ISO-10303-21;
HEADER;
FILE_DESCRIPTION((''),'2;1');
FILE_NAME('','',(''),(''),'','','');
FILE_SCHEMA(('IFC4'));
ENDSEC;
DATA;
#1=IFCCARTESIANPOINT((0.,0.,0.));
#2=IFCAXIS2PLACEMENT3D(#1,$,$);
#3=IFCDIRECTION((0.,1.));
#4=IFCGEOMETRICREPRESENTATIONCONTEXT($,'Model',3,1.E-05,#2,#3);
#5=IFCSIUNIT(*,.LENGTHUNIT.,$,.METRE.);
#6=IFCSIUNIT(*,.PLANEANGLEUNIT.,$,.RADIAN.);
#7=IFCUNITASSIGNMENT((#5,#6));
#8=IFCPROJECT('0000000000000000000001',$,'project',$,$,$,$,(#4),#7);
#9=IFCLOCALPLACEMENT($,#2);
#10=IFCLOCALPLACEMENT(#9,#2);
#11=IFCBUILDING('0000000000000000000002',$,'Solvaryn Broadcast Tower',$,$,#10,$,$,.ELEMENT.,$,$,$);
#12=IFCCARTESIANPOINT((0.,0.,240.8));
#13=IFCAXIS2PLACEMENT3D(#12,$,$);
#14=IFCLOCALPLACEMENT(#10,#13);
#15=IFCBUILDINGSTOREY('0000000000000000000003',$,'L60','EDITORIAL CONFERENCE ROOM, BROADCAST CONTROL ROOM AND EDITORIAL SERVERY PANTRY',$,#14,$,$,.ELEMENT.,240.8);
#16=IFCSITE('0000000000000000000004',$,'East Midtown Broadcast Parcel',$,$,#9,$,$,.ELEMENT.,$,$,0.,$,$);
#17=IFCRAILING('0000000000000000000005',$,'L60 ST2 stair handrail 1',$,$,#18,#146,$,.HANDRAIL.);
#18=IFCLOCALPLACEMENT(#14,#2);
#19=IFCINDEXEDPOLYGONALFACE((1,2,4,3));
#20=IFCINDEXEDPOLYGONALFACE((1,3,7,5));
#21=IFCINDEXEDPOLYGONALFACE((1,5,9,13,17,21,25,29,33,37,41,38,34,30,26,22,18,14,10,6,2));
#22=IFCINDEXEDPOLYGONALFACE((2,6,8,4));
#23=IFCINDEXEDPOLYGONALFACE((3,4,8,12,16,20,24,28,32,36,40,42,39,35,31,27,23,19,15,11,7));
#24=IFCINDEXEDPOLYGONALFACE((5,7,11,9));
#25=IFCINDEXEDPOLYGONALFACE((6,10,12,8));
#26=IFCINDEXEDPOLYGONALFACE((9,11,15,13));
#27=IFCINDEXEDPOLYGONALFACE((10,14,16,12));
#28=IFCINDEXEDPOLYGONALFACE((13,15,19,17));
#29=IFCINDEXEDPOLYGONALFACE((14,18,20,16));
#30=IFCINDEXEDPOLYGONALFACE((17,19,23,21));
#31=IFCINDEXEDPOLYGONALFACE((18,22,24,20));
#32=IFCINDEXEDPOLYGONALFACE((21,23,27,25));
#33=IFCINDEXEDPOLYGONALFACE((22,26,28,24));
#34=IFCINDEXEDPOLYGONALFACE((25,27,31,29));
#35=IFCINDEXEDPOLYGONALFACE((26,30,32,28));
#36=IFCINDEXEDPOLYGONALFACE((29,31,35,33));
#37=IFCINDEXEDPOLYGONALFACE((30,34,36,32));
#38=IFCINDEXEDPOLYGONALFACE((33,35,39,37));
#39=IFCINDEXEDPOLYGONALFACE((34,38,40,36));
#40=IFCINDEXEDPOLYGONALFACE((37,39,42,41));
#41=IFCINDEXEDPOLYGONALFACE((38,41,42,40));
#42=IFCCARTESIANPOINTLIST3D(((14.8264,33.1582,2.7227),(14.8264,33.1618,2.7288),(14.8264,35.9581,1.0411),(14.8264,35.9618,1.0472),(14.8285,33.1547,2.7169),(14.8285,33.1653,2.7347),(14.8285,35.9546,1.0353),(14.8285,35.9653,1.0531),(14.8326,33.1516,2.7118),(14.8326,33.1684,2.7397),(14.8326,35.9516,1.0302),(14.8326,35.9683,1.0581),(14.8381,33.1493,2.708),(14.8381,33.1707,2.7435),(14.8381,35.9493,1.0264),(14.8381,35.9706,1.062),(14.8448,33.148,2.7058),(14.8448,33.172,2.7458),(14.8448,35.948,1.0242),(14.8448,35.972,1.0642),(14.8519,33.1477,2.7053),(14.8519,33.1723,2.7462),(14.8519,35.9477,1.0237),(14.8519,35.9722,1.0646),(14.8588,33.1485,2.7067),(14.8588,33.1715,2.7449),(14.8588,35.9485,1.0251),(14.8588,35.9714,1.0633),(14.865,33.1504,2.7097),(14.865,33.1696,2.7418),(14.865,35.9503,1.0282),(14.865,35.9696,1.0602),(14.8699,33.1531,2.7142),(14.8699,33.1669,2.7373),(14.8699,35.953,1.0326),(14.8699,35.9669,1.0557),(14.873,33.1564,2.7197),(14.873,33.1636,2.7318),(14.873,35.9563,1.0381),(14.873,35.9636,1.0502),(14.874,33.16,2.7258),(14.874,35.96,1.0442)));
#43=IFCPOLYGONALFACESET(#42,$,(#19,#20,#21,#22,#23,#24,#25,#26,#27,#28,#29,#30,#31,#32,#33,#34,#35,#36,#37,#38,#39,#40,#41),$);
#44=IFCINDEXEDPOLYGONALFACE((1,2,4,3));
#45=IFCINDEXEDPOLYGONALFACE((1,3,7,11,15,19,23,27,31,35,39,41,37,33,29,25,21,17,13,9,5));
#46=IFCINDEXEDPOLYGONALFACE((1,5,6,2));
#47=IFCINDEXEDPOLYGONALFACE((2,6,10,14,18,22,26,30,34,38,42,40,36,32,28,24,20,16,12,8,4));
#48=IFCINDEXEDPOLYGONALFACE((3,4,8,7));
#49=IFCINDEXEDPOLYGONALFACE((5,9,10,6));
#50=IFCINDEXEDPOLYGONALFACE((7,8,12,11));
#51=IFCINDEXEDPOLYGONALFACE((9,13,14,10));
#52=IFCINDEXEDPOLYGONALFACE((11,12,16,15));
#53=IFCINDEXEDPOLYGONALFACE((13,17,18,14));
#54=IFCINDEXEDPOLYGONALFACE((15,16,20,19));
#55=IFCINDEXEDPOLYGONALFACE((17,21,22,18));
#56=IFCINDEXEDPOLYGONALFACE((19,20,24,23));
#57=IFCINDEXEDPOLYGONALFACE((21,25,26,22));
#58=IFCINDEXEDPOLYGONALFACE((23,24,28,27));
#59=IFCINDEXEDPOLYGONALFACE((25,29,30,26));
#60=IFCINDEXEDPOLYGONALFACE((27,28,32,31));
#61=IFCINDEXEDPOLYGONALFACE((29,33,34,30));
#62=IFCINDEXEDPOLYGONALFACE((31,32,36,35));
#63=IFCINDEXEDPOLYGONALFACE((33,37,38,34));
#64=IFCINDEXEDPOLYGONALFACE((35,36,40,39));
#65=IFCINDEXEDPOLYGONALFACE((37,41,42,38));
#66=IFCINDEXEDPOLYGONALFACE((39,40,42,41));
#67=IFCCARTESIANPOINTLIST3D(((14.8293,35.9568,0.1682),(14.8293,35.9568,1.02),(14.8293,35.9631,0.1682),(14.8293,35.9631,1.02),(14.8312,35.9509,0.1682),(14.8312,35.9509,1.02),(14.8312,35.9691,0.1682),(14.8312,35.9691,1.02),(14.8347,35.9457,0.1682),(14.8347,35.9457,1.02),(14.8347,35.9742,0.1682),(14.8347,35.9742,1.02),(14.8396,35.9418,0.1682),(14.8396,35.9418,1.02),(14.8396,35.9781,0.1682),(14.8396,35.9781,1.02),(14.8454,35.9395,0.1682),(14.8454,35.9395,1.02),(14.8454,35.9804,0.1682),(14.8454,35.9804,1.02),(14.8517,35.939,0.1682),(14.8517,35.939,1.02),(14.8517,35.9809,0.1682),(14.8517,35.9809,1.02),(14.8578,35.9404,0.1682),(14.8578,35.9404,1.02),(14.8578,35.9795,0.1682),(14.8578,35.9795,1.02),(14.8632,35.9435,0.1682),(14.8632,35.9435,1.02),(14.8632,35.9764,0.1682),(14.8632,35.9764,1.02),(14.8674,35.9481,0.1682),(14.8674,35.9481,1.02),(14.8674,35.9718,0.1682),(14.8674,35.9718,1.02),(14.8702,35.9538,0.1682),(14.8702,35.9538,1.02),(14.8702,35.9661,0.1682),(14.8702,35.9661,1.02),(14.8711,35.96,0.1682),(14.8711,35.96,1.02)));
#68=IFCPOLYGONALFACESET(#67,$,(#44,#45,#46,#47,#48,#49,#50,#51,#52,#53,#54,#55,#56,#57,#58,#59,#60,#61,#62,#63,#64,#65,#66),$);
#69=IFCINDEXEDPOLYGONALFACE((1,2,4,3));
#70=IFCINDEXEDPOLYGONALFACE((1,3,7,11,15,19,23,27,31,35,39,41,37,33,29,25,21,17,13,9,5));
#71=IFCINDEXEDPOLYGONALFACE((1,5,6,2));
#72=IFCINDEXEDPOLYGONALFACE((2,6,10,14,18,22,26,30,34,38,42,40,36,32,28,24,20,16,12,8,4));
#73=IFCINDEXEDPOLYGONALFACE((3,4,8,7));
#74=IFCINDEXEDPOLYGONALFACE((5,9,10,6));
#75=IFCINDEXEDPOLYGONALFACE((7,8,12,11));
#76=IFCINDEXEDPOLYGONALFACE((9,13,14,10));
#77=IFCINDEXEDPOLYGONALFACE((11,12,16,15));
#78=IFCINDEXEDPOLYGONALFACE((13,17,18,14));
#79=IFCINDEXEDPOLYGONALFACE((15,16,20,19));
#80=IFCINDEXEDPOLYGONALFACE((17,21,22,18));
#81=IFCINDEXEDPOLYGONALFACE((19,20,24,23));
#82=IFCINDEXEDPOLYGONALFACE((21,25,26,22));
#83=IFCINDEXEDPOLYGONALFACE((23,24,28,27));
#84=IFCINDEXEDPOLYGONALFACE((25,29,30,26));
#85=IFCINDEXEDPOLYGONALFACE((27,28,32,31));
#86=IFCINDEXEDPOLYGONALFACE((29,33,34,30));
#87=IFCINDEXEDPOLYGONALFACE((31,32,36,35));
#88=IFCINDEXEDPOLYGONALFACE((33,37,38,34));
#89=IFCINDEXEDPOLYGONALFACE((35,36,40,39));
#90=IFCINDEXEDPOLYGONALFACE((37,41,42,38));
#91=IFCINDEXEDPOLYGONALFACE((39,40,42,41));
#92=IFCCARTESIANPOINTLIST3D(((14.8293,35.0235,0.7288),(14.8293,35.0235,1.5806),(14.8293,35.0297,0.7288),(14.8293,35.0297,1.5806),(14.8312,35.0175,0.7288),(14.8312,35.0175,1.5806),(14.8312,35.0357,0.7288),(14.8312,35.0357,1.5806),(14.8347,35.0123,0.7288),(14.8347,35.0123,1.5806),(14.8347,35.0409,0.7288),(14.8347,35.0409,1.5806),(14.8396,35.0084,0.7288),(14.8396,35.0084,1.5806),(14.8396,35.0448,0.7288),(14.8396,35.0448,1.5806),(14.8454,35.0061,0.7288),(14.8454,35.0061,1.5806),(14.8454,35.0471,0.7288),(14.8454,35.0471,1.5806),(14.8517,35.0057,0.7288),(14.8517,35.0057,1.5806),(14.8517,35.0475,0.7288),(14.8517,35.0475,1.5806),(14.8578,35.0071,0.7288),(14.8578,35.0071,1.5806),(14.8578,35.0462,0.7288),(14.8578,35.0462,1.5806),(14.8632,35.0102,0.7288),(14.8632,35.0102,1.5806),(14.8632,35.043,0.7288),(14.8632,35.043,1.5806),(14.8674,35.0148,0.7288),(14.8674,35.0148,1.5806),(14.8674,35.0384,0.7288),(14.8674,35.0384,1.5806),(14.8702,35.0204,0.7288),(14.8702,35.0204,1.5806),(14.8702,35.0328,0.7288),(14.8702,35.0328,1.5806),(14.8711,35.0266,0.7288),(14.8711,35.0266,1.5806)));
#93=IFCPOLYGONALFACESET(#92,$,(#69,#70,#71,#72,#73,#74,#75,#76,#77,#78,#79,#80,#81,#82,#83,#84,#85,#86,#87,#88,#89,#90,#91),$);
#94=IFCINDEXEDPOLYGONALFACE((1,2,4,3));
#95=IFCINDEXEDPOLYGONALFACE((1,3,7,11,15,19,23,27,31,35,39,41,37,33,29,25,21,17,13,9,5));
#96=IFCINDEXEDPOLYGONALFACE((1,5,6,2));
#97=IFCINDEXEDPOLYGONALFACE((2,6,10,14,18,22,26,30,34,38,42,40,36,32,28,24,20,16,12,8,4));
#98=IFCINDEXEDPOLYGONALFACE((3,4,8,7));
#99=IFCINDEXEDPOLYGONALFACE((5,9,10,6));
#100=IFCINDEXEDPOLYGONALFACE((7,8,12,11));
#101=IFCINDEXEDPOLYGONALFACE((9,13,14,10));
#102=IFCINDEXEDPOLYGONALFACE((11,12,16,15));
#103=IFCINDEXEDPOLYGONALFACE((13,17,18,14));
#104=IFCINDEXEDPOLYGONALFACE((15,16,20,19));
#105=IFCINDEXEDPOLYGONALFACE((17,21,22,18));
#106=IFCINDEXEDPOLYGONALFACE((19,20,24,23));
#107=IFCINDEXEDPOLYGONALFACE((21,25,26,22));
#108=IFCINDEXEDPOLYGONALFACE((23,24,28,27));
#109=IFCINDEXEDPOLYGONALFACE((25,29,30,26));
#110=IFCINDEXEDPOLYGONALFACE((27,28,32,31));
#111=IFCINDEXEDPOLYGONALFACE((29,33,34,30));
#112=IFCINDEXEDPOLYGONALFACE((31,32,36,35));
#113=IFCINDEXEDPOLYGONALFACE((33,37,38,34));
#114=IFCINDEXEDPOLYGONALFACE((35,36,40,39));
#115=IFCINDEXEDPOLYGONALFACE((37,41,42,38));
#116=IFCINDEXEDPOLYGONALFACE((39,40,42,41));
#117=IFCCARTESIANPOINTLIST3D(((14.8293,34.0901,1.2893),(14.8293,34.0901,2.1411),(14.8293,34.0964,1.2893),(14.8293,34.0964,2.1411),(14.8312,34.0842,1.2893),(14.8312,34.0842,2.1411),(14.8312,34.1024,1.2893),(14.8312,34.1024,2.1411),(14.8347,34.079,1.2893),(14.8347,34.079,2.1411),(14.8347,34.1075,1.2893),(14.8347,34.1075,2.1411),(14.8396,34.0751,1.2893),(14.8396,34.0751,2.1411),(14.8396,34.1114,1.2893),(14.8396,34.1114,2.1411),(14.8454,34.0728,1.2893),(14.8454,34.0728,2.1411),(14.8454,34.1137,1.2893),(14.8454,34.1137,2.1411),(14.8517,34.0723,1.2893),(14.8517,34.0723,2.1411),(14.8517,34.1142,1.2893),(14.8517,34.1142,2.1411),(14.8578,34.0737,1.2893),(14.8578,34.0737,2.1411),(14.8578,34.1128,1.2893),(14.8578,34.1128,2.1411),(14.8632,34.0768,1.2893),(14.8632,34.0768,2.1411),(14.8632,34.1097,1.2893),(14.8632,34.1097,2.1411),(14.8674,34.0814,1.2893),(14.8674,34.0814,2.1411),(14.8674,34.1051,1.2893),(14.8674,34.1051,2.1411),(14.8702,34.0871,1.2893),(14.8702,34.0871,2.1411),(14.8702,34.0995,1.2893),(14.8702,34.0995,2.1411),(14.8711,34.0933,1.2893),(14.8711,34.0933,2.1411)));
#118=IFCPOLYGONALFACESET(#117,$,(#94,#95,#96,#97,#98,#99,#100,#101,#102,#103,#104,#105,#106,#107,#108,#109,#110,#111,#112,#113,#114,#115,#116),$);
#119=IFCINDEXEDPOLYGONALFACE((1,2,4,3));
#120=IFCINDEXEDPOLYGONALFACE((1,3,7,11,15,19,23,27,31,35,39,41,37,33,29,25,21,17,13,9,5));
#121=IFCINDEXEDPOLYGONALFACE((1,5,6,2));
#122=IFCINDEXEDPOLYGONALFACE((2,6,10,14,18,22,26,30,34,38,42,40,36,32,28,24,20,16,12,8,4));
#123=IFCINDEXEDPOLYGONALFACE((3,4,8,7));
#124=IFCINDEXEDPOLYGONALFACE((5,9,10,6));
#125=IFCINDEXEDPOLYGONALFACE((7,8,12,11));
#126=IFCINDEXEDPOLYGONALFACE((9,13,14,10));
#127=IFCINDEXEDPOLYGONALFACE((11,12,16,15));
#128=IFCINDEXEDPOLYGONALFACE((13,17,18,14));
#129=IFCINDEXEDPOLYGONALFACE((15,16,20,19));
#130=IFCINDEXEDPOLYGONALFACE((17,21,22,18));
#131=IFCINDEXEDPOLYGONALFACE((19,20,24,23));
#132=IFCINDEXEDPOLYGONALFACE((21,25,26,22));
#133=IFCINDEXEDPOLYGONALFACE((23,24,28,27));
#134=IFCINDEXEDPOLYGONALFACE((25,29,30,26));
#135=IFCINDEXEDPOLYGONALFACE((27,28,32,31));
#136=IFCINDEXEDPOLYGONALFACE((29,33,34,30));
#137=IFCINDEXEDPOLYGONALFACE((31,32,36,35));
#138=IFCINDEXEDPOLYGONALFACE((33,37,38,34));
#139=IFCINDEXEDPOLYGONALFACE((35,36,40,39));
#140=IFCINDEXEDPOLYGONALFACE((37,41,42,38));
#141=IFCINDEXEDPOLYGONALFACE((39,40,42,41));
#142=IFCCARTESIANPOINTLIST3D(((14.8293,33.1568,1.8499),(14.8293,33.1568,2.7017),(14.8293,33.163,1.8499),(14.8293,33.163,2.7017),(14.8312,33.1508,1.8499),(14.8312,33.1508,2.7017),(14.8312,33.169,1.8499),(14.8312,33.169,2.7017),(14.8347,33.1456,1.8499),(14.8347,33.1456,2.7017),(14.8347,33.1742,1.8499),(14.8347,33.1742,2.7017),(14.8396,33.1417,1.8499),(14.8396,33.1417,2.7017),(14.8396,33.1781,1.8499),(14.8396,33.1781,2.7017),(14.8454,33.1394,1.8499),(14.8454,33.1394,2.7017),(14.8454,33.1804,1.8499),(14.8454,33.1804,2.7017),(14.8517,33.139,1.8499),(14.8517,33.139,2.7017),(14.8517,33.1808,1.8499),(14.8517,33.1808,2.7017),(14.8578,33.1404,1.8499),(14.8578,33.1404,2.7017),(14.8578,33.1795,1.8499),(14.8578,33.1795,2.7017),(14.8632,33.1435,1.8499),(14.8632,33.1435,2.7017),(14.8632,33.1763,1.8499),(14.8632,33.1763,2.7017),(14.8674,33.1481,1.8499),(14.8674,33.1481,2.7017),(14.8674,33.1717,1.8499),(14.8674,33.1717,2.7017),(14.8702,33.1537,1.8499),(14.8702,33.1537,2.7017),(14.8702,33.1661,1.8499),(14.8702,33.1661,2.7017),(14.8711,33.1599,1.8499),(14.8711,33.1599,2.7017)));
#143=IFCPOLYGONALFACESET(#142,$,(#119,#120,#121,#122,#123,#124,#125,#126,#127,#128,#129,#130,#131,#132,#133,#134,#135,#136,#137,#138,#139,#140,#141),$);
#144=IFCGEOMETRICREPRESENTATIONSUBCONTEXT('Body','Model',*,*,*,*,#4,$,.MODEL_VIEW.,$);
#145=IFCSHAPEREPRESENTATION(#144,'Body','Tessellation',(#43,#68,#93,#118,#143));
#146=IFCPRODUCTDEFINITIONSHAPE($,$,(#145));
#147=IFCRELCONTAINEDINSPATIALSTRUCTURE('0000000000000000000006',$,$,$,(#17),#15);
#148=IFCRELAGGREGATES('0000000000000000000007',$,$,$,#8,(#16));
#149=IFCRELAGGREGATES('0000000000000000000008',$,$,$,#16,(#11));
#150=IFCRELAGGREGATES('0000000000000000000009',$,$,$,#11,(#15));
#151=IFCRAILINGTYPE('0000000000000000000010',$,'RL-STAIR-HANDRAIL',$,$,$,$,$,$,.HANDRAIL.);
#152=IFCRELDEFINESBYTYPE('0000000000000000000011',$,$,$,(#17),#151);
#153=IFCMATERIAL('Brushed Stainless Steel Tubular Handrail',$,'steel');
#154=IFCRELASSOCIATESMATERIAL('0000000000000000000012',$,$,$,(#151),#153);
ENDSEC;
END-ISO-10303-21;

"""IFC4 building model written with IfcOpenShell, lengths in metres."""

from ifc_helpers import new_model, si_unit, direction, frame, origin, origin_2d, place, context, subcontext, project, spatial, circle, extrude, material, type_object, element, save


model = new_model("IFC4")

# Units and contexts
model_context = context("Model", 3, precision=1e-05, world=origin(), true_north=direction((0.0, 1.0)))
body_context = subcontext(model_context, "Body", "Model", "MODEL_VIEW")
ifc_project = project(units=[si_unit("LENGTHUNIT", "METRE"), si_unit("PLANEANGLEUNIT", "RADIAN")], contexts=[model_context])

# Site, building, storey
site_placement = place(None, origin())
site = spatial("IfcSite", under=ifc_project, at=site_placement, Name="East Midtown Broadcast Parcel", CompositionType="ELEMENT", RefElevation=0.0)
building_placement = place(site_placement, origin())
building = spatial("IfcBuilding", under=site, at=building_placement, Name="Solvaryn Broadcast Tower", CompositionType="ELEMENT")
storey_placement = place(building_placement, frame((0.0, 0.0, 240.8)))
storey = spatial("IfcBuildingStorey", under=building, at=storey_placement, Name="L60", Description="EDITORIAL CONFERENCE ROOM, BROADCAST CONTROL ROOM AND EDITORIAL SERVERY PANTRY", CompositionType="ELEMENT", Elevation=240.8)

# Railing
ifc_material_1 = material(Name="Brushed Stainless Steel Tubular Handrail", Category="steel")
railing_type_1 = type_object("IfcRailingType", Name="RL-STAIR-HANDRAIL", PredefinedType="HANDRAIL", material=ifc_material_1)
railing_1_placement = place(storey_placement, frame((14.8501, 35.96, 0.1682)))
element("IfcRailing", 1, at=railing_1_placement, inside=storey, type_object=railing_type_1, Name="L60 ST2 stair handrail 1", PredefinedType="HANDRAIL", context=body_context, shape_type="SweptSolid", body=[
    extrude(circle(Radius=0.0239, at=origin_2d()), frame((0.0, 0.0, 0.876), z_axis=(0.0, -0.857275, 0.514858), x_axis=(1.0, 0.0, 0.0)), (0.0, 0.0, 1.0), 3.2661),
    extrude(circle(Radius=0.021, at=origin_2d()), origin(), (0.0, 0.0, 1.0), 0.8518),
    extrude(circle(Radius=0.021, at=origin_2d()), frame((0.0, -0.9333, 0.5605)), (0.0, 0.0, 1.0), 0.8518),
    extrude(circle(Radius=0.021, at=origin_2d()), frame((0.0, -1.8667, 1.1211)), (0.0, 0.0, 1.0), 0.8518),
    extrude(circle(Radius=0.021, at=origin_2d()), frame((0.0, -2.8, 1.6816)), (0.0, 0.0, 1.0), 0.8518),
])

save(model, "model.ifc")
